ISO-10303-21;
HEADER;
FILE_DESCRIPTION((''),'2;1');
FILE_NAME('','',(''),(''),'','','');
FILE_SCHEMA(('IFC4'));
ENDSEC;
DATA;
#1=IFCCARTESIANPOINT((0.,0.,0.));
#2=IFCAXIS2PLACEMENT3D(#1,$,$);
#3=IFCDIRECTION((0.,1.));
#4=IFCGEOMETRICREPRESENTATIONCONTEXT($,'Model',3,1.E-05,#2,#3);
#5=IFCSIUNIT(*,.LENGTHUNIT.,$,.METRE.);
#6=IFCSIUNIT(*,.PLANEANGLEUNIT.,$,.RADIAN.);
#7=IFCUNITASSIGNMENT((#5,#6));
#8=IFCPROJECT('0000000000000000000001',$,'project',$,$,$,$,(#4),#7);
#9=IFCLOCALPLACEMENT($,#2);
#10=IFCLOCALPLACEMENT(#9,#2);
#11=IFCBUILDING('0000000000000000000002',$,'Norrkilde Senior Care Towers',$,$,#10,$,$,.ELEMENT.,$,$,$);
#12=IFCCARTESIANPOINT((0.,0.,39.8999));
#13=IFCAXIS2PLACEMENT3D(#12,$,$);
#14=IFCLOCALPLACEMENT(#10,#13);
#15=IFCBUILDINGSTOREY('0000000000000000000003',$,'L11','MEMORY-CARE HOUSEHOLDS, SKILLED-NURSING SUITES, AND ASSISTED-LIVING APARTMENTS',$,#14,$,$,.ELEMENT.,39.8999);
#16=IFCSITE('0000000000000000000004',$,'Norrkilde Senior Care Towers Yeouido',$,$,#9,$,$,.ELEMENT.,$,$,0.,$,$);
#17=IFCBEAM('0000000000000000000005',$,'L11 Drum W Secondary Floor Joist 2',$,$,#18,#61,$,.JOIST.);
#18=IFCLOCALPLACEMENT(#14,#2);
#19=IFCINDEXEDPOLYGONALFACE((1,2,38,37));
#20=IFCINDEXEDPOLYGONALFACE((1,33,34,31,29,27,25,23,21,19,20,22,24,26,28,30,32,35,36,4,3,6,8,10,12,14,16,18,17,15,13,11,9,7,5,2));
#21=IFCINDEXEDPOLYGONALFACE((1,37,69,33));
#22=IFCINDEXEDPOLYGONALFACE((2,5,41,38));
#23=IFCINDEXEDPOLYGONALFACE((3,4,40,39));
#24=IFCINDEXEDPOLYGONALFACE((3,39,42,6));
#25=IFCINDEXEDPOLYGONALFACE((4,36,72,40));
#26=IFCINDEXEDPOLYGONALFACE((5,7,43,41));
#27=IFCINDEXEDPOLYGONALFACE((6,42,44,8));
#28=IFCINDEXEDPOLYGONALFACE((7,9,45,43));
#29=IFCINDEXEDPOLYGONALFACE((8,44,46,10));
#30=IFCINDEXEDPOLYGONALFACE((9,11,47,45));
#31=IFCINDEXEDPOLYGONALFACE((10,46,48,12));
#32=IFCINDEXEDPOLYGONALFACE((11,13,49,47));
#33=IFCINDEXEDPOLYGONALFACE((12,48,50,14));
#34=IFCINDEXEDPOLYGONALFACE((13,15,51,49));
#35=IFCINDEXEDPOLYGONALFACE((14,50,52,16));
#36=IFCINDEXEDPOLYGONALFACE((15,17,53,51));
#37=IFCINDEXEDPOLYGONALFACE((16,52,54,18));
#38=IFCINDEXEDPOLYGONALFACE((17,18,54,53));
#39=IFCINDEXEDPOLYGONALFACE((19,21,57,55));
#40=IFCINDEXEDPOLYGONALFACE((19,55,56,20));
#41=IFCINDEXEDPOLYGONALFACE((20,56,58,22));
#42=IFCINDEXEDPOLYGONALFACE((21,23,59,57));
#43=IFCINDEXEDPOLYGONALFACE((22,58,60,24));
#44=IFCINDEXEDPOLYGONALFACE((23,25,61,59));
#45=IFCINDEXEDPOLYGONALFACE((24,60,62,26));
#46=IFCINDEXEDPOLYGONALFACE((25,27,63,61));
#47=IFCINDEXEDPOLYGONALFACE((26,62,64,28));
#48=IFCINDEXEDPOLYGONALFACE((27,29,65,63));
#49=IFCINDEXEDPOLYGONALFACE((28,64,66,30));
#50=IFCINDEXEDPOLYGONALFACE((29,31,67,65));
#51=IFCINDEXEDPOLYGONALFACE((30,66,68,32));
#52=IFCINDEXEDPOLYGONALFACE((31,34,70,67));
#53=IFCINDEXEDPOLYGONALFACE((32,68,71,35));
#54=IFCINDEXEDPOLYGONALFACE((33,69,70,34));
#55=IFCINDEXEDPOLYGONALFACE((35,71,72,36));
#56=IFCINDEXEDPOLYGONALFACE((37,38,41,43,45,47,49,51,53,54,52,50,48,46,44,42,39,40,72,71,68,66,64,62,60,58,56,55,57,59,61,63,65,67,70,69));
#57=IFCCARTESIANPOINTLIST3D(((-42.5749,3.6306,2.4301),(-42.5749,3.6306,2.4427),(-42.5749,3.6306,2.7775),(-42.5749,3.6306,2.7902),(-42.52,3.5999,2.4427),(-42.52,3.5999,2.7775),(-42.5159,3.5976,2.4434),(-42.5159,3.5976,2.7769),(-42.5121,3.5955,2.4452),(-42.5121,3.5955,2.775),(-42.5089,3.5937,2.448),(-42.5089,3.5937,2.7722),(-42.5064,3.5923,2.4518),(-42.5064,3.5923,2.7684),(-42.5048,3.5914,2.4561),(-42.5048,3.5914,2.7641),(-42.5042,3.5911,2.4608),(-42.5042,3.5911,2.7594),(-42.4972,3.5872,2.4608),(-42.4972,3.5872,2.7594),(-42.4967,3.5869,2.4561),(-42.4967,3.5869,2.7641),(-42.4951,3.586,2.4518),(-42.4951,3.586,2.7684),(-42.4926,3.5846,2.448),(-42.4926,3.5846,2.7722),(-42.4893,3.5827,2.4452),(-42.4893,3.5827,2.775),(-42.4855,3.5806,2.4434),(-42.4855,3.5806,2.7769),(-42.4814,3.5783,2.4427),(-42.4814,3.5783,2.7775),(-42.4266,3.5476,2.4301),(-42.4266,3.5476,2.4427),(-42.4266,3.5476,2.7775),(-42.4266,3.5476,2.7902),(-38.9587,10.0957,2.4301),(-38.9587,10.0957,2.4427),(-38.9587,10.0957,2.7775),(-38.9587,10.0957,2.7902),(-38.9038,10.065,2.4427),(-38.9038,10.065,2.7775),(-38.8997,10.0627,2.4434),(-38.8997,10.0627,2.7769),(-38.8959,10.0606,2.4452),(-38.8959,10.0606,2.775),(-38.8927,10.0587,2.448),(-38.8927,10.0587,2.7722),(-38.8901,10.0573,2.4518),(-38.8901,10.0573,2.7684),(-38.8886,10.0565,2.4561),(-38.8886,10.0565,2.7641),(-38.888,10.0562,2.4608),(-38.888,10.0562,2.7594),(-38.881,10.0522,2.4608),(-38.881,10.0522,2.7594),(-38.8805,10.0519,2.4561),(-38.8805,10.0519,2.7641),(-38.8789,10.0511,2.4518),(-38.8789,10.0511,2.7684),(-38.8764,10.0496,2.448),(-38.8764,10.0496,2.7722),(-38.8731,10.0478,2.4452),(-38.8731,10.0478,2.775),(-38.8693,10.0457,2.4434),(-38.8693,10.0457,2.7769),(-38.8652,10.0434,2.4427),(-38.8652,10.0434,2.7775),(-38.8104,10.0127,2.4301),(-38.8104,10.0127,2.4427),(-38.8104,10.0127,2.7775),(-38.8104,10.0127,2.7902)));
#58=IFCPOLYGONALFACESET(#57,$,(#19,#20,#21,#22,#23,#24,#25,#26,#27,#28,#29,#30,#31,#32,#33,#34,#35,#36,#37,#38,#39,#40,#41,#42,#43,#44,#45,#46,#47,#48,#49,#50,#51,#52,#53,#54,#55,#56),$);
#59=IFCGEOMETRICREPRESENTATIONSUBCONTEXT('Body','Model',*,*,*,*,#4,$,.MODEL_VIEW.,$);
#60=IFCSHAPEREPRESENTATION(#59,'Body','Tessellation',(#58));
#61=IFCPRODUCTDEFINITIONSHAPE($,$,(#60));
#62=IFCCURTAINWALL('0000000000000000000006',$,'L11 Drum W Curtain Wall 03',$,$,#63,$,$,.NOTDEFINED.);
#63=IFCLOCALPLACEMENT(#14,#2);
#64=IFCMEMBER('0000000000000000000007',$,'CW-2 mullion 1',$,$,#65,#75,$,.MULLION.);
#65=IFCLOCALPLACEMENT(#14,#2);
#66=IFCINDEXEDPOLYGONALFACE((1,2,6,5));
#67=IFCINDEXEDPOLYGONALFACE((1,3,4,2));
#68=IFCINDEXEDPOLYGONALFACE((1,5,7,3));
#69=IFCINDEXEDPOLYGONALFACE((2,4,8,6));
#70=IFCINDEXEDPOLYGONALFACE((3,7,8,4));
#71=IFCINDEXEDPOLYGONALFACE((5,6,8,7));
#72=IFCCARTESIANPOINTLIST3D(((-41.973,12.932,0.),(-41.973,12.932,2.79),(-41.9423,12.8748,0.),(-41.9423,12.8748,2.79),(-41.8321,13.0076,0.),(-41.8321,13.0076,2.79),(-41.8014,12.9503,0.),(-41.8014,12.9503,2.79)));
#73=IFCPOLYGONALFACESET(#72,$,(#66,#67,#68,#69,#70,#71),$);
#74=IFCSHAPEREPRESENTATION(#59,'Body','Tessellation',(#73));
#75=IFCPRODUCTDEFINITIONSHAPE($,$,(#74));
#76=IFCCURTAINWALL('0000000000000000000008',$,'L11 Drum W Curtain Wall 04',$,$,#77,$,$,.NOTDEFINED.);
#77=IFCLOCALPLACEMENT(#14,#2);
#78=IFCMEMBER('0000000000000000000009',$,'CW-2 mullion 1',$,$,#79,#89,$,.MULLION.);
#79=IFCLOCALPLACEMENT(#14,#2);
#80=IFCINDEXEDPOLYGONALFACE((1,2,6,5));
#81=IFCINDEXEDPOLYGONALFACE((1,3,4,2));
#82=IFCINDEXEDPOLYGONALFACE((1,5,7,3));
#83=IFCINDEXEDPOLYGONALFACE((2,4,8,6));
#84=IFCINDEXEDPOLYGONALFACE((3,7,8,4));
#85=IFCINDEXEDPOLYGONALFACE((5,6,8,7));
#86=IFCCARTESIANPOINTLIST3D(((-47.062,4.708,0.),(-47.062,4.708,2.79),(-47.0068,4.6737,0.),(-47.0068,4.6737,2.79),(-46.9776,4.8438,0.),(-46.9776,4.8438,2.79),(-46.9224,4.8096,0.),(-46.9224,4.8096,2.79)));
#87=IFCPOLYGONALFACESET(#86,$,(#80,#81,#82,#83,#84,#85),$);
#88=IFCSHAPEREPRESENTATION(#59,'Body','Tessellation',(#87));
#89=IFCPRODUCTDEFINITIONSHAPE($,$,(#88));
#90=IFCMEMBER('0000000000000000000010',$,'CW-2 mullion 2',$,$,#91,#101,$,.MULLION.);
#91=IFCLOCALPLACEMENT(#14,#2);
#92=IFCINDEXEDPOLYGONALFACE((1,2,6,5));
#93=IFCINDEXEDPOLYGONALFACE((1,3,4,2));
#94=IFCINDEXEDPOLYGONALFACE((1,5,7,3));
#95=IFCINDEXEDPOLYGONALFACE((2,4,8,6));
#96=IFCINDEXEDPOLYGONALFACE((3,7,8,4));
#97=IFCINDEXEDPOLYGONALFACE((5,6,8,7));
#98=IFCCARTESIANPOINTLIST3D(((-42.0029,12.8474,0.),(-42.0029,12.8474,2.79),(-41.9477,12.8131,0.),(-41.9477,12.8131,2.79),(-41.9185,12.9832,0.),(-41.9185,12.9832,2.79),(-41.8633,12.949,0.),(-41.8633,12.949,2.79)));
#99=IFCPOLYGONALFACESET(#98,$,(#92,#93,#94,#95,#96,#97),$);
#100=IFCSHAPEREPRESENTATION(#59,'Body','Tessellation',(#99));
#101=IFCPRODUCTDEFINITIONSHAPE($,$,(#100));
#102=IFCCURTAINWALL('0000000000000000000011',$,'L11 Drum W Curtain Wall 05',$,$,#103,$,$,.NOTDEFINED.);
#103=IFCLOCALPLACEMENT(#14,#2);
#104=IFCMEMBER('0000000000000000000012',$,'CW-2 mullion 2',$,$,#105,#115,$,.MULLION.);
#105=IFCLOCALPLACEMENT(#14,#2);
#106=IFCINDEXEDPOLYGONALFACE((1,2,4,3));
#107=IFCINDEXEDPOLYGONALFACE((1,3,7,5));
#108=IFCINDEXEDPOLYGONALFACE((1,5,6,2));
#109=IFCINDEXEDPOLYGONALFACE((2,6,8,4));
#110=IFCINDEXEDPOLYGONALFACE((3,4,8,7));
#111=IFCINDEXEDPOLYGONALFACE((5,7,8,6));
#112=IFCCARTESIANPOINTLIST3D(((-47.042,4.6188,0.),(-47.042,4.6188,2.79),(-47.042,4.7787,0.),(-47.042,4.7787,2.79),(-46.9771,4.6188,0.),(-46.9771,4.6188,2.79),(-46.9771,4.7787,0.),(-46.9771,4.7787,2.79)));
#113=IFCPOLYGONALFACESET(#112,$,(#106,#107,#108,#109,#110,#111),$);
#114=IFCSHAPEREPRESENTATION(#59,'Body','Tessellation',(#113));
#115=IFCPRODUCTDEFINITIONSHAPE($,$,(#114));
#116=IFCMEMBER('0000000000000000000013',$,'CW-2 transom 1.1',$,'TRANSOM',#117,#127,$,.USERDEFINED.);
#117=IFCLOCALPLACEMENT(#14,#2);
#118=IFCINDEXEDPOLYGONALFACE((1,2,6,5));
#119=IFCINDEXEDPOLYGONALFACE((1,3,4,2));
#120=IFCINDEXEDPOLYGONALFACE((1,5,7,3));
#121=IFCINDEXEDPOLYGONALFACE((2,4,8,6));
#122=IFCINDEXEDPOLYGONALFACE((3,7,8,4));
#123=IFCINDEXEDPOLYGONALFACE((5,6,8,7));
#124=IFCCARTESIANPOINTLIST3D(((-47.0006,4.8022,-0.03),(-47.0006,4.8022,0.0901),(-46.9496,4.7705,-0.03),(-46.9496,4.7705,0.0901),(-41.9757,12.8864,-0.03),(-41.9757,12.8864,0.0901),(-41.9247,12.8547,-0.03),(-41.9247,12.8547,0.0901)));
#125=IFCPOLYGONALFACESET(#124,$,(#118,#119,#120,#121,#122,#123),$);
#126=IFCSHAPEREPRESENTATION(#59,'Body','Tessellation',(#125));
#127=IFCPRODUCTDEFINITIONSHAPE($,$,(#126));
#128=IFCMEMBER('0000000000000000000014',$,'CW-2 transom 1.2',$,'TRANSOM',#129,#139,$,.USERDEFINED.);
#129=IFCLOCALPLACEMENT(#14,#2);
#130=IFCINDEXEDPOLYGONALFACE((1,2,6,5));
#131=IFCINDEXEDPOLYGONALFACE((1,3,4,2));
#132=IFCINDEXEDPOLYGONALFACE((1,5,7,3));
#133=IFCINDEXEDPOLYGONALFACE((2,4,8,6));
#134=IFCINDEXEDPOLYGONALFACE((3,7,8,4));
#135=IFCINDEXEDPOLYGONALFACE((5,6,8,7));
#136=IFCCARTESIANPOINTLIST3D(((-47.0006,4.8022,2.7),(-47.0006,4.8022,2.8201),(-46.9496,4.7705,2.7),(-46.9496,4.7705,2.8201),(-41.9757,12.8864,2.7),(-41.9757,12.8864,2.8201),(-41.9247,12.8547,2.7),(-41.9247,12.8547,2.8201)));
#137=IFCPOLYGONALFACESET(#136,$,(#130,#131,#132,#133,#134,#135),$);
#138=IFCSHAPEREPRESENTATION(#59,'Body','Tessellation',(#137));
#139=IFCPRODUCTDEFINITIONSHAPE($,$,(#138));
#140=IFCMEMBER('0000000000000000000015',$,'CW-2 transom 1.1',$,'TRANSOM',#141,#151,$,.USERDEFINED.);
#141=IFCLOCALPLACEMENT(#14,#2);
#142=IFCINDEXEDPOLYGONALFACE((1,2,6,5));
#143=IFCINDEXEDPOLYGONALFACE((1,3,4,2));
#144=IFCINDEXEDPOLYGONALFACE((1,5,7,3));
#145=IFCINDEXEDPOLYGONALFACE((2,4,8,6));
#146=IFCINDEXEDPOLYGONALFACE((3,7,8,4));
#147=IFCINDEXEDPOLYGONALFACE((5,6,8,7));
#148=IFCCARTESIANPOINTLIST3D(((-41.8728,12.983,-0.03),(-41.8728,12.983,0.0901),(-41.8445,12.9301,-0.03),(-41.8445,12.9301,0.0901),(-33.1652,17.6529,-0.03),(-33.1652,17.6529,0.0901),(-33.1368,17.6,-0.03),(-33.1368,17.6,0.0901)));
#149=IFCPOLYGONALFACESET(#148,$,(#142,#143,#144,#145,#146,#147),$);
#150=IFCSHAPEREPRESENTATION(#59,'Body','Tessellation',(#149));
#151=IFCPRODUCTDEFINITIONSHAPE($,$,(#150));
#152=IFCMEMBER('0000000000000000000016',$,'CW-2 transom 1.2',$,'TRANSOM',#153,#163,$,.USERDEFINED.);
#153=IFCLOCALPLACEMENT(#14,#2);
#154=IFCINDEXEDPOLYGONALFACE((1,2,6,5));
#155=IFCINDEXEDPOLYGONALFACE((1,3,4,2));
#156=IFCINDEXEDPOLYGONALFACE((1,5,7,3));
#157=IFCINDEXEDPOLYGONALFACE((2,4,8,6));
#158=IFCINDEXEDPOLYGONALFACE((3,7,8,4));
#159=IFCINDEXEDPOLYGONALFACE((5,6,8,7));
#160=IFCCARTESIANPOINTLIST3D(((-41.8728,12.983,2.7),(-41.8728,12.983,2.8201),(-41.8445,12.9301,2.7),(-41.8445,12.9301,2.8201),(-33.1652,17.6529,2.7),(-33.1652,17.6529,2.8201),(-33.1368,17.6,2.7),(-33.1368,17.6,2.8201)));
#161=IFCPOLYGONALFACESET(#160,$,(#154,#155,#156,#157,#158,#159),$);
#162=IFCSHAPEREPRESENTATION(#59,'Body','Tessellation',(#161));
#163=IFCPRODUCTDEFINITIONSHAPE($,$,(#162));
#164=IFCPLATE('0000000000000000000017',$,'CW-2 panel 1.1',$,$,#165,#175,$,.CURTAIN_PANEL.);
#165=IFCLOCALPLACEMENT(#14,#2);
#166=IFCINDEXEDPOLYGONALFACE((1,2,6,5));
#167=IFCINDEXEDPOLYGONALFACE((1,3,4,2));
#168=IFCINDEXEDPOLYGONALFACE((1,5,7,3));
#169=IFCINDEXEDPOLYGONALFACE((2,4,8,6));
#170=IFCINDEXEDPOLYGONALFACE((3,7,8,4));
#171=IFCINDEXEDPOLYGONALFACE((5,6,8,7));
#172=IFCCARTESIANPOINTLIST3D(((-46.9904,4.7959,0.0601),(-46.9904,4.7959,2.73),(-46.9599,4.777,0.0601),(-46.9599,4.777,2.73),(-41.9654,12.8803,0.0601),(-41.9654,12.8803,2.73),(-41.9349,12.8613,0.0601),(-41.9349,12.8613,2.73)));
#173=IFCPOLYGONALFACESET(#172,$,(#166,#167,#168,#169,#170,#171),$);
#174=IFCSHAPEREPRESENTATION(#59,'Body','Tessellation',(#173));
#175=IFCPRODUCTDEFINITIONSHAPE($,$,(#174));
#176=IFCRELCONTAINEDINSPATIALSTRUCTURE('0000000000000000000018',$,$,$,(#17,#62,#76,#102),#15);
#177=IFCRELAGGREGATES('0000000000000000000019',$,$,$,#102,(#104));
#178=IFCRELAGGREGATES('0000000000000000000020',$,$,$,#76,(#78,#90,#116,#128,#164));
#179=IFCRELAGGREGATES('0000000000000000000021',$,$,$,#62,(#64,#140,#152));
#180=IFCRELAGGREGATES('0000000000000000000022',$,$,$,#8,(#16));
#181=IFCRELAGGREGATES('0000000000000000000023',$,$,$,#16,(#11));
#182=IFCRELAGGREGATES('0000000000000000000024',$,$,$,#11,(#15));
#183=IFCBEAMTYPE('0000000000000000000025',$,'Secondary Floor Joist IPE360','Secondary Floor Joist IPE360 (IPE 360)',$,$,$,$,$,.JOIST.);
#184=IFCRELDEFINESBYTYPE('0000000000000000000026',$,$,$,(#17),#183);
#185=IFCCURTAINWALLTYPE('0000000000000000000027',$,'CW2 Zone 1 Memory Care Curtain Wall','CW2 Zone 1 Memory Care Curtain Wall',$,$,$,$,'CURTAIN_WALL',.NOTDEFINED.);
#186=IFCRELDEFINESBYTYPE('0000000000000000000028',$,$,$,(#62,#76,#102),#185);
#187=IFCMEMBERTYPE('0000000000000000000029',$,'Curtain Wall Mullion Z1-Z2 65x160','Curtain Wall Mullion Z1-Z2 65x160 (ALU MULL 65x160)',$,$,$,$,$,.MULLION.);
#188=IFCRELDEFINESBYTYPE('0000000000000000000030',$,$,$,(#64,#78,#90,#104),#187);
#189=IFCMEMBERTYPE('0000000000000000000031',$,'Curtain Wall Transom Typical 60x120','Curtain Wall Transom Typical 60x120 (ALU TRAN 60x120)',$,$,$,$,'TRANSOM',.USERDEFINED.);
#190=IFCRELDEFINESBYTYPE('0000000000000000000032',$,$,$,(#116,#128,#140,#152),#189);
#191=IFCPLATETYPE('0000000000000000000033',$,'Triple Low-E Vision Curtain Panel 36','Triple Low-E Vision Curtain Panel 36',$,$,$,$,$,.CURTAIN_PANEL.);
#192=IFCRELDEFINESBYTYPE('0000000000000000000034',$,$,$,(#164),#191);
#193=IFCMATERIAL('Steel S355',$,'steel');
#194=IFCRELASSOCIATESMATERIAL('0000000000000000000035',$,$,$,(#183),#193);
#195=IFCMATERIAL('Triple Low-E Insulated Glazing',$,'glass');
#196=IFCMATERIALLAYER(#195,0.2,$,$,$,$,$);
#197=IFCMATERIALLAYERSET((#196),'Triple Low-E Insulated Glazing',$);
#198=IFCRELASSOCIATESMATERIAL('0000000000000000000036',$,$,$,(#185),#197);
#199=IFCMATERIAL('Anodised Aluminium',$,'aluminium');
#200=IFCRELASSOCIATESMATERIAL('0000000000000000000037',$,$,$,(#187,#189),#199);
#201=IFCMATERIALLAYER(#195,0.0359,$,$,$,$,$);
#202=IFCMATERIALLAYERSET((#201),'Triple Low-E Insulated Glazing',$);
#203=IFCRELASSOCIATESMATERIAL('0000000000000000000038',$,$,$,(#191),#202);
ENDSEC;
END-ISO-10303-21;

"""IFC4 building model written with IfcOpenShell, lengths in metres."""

from ifc_helpers import new_model, si_unit, direction, frame, origin, origin_2d, place, context, subcontext, project, spatial, rectangle, i_section, extrude, source, transform, mapped, material, layer, layer_set, material_profile, profile_set, type_object, type_shapes, element, aggregate, save


model = new_model("IFC4")

# Units and contexts
model_context = context("Model", 3, precision=1e-05, world=origin(), true_north=direction((0.0, 1.0)))
body_context = subcontext(model_context, "Body", "Model", "MODEL_VIEW")
ifc_project = project(units=[si_unit("LENGTHUNIT", "METRE"), si_unit("PLANEANGLEUNIT", "RADIAN")], contexts=[model_context])

# Site, building, storey
site_placement = place(None, origin())
site = spatial("IfcSite", under=ifc_project, at=site_placement, Name="Norrkilde Senior Care Towers Yeouido", CompositionType="ELEMENT", RefElevation=0.0)
building_placement = place(site_placement, origin())
building = spatial("IfcBuilding", under=site, at=building_placement, Name="Norrkilde Senior Care Towers", CompositionType="ELEMENT")
storey_placement = place(building_placement, frame((0.0, 0.0, 39.8999)))
storey = spatial("IfcBuildingStorey", under=building, at=storey_placement, Name="L11", Description="MEMORY-CARE HOUSEHOLDS, SKILLED-NURSING SUITES, AND ASSISTED-LIVING APARTMENTS", CompositionType="ELEMENT", Elevation=39.8999)

# Beam
ifc_material_1 = material(Name="Steel S355", Category="steel")
ifc_material_profile_1 = material_profile(ifc_material_1, i_section(OverallWidth=0.1699, OverallDepth=0.3601, WebThickness=0.0081, FlangeThickness=0.0127, FilletRadius=0.0181, at=origin_2d()), Name="IPE 360")
ifc_profile_set_1 = profile_set([ifc_material_profile_1], Name="Steel S355")
beam_type_1 = type_object("IfcBeamType", Name="Secondary Floor Joist IPE360", Description="Secondary Floor Joist IPE360 (IPE 360)", PredefinedType="JOIST", material=ifc_profile_set_1)
shared_shape_1 = source(origin(), body_context, "Body", "SweptSolid", [
    extrude(i_section(OverallWidth=0.1699, OverallDepth=0.3601, WebThickness=0.0081, FlangeThickness=0.0127, FilletRadius=0.0181, at=origin_2d()), origin(), (0.0, 0.0, 1.0), 7.4077),
])
type_shapes(beam_type_1, [shared_shape_1])
beam_1_placement = place(storey_placement, frame((-38.8845, 10.0542, 2.6101), z_axis=(-0.488168, -0.87275, 0.0), x_axis=(0.87275, -0.488168, 0.0)))
element("IfcBeam", 1, at=beam_1_placement, inside=storey, type_object=beam_type_1, Name="L11 Drum W Secondary Floor Joist 2", PredefinedType="JOIST", context=body_context, shape_type="MappedRepresentation", body=[
    mapped(shared_shape_1, transform((0.0, 0.0, 0.0), x_axis=(1.0, 0.0, 0.0), y_axis=(0.0, 1.0, 0.0), z_axis=(0.0, 0.0, 1.0), scale=1.0)),
])

# Curtain wall, member
ifc_material_2 = material(Name="Triple Low-E Insulated Glazing", Category="glass")
ifc_layer_1 = layer(ifc_material_2, 0.2)
ifc_layer_set_1 = layer_set([ifc_layer_1], Name="Triple Low-E Insulated Glazing")
curtain_wall_type = type_object("IfcCurtainWallType", Name="CW2 Zone 1 Memory Care Curtain Wall", Description="CW2 Zone 1 Memory Care Curtain Wall", ElementType="CURTAIN_WALL", PredefinedType="NOTDEFINED", material=ifc_layer_set_1)
curtain_wall_1_placement = place(storey_placement, origin())
curtain_wall_1 = element("IfcCurtainWall", 2, at=curtain_wall_1_placement, inside=storey, type_object=curtain_wall_type, Name="L11 Drum W Curtain Wall 03", PredefinedType="NOTDEFINED")
ifc_material_3 = material(Name="Anodised Aluminium", Category="aluminium")
ifc_material_profile_2 = material_profile(ifc_material_3, rectangle(XDim=0.0649, YDim=0.1599, at=origin_2d()), Name="ALU MULL 65x160")
ifc_profile_set_2 = profile_set([ifc_material_profile_2], Name="Anodised Aluminium")
member_type_1 = type_object("IfcMemberType", Name="Curtain Wall Mullion Z1-Z2 65x160", Description="Curtain Wall Mullion Z1-Z2 65x160 (ALU MULL 65x160)", PredefinedType="MULLION", material=ifc_profile_set_2)
shared_shape_2 = source(origin(), body_context, "Body", "SweptSolid", [
    extrude(rectangle(XDim=0.0649, YDim=0.1599, at=origin_2d()), origin(), (0.0, 0.0, 1.0), 2.79),
])
type_shapes(member_type_1, [shared_shape_2])
member_1_placement = place(storey_placement, frame((-41.8872, 12.9412, 0.0), z_axis=(0.0, 0.0, 1.0), x_axis=(-0.472608, 0.881273, 0.0)))
member_1 = element("IfcMember", 3, at=member_1_placement, type_object=member_type_1, Name="CW-2 mullion 1", PredefinedType="MULLION", context=body_context, shape_type="MappedRepresentation", body=[
    mapped(shared_shape_2, transform((0.0, 0.0, 0.0), x_axis=(1.0, 0.0, 0.0), y_axis=(0.0, 1.0, 0.0), z_axis=(0.0, 0.0, 1.0), scale=1.0)),
])

# Curtain wall, members
curtain_wall_2_placement = place(storey_placement, origin())
curtain_wall_2 = element("IfcCurtainWall", 4, at=curtain_wall_2_placement, inside=storey, type_object=curtain_wall_type, Name="L11 Drum W Curtain Wall 04", PredefinedType="NOTDEFINED")
member_2_placement = place(storey_placement, frame((-46.9922, 4.7588, 0.0), z_axis=(0.0, 0.0, 1.0), x_axis=(-0.849306, 0.527901, 0.0)))
member_2 = element("IfcMember", 5, at=member_2_placement, type_object=member_type_1, Name="CW-2 mullion 1", PredefinedType="MULLION", context=body_context, shape_type="MappedRepresentation", body=[
    mapped(shared_shape_2, transform((0.0, 0.0, 0.0), x_axis=(1.0, 0.0, 0.0), y_axis=(0.0, 1.0, 0.0), z_axis=(0.0, 0.0, 1.0), scale=1.0)),
])
member_3_placement = place(storey_placement, frame((-41.9331, 12.8982, 0.0), z_axis=(0.0, 0.0, 1.0), x_axis=(-0.849306, 0.527901, 0.0)))
member_3 = element("IfcMember", 6, at=member_3_placement, type_object=member_type_1, Name="CW-2 mullion 2", PredefinedType="MULLION", context=body_context, shape_type="MappedRepresentation", body=[
    mapped(shared_shape_2, transform((0.0, 0.0, 0.0), x_axis=(1.0, 0.0, 0.0), y_axis=(0.0, 1.0, 0.0), z_axis=(0.0, 0.0, 1.0), scale=1.0)),
])

# Curtain wall, member
curtain_wall_3_placement = place(storey_placement, origin())
curtain_wall_3 = element("IfcCurtainWall", 7, at=curtain_wall_3_placement, inside=storey, type_object=curtain_wall_type, Name="L11 Drum W Curtain Wall 05", PredefinedType="NOTDEFINED")
member_4_placement = place(storey_placement, frame((-47.0095, 4.6987, 0.0), z_axis=(0.0, 0.0, 1.0), x_axis=(-1.0, 0.0, 0.0)))
member_4 = element("IfcMember", 8, at=member_4_placement, type_object=member_type_1, Name="CW-2 mullion 2", PredefinedType="MULLION", context=body_context, shape_type="MappedRepresentation", body=[
    mapped(shared_shape_2, transform((0.0, 0.0, 0.0), x_axis=(1.0, 0.0, 0.0), y_axis=(0.0, 1.0, 0.0), z_axis=(0.0, 0.0, 1.0), scale=1.0)),
])
aggregate(curtain_wall_3, [member_4])

# Members
ifc_material_profile_3 = material_profile(ifc_material_3, rectangle(XDim=0.0601, YDim=0.1201, at=origin_2d()), Name="ALU TRAN 60x120")
ifc_profile_set_3 = profile_set([ifc_material_profile_3], Name="Anodised Aluminium")
member_type_2 = type_object("IfcMemberType", Name="Curtain Wall Transom Typical 60x120", Description="Curtain Wall Transom Typical 60x120 (ALU TRAN 60x120)", ElementType="TRANSOM", PredefinedType="USERDEFINED", material=ifc_profile_set_3)
shared_shape_3 = source(origin(), body_context, "Body", "SweptSolid", [
    extrude(rectangle(XDim=0.0601, YDim=0.1201, at=origin_2d()), origin(), (0.0, 0.0, 1.0), 9.5186),
])
member_5_placement = place(storey_placement, frame((-46.9751, 4.7864, 0.03), z_axis=(0.527902, 0.849306, 0.0), x_axis=(-0.849306, 0.527902, 0.0)))
member_5 = element("IfcMember", 9, at=member_5_placement, type_object=member_type_2, Name="CW-2 transom 1.1", ObjectType="TRANSOM", PredefinedType="USERDEFINED", context=body_context, shape_type="MappedRepresentation", body=[
    mapped(shared_shape_3, transform((0.0, 0.0, 0.0), x_axis=(1.0, 0.0, 0.0), y_axis=(0.0, 1.0, 0.0), z_axis=(0.0, 0.0, 1.0), scale=1.0)),
])
member_6_placement = place(storey_placement, frame((-46.9751, 4.7864, 2.76), z_axis=(0.527902, 0.849306, 0.0), x_axis=(-0.849306, 0.527902, 0.0)))
member_6 = element("IfcMember", 10, at=member_6_placement, type_object=member_type_2, Name="CW-2 transom 1.2", ObjectType="TRANSOM", PredefinedType="USERDEFINED", context=body_context, shape_type="MappedRepresentation", body=[
    mapped(shared_shape_3, transform((0.0, 0.0, 0.0), x_axis=(1.0, 0.0, 0.0), y_axis=(0.0, 1.0, 0.0), z_axis=(0.0, 0.0, 1.0), scale=1.0)),
])
shared_shape_4 = source(origin(), body_context, "Body", "SweptSolid", [
    extrude(rectangle(XDim=0.0601, YDim=0.1201, at=origin_2d()), origin(), (0.0, 0.0, 1.0), 9.8809),
])
type_shapes(member_type_2, [shared_shape_3, shared_shape_4])
member_7_placement = place(storey_placement, frame((-41.8586, 12.9565, 0.03), z_axis=(0.881267, 0.472618, 0.0), x_axis=(-0.472618, 0.881267, 0.0)))
member_7 = element("IfcMember", 11, at=member_7_placement, type_object=member_type_2, Name="CW-2 transom 1.1", ObjectType="TRANSOM", PredefinedType="USERDEFINED", context=body_context, shape_type="MappedRepresentation", body=[
    mapped(shared_shape_4, transform((0.0, 0.0, 0.0), x_axis=(1.0, 0.0, 0.0), y_axis=(0.0, 1.0, 0.0), z_axis=(0.0, 0.0, 1.0), scale=1.0)),
])
member_8_placement = place(storey_placement, frame((-41.8586, 12.9565, 2.76), z_axis=(0.881267, 0.472618, 0.0), x_axis=(-0.472618, 0.881267, 0.0)))
member_8 = element("IfcMember", 12, at=member_8_placement, type_object=member_type_2, Name="CW-2 transom 1.2", ObjectType="TRANSOM", PredefinedType="USERDEFINED", context=body_context, shape_type="MappedRepresentation", body=[
    mapped(shared_shape_4, transform((0.0, 0.0, 0.0), x_axis=(1.0, 0.0, 0.0), y_axis=(0.0, 1.0, 0.0), z_axis=(0.0, 0.0, 1.0), scale=1.0)),
])

# Plate
ifc_layer_2 = layer(ifc_material_2, 0.0359)
ifc_layer_set_2 = layer_set([ifc_layer_2], Name="Triple Low-E Insulated Glazing")
plate_type = type_object("IfcPlateType", Name="Triple Low-E Vision Curtain Panel 36", Description="Triple Low-E Vision Curtain Panel 36", PredefinedType="CURTAIN_PANEL", material=ifc_layer_set_2)
shared_shape_5 = source(origin(), body_context, "Body", "SweptSolid", [
    extrude(rectangle(XDim=9.5188, YDim=0.0359, at=origin_2d()), origin(), (0.0, 0.0, 1.0), 2.6699),
])
plate_1_placement = place(storey_placement, frame((-44.4626, 8.8286, 0.0601), z_axis=(0.0, 0.0, 1.0), x_axis=(0.527901, 0.849306, 0.0)))
plate_1 = element("IfcPlate", 13, at=plate_1_placement, type_object=plate_type, Name="CW-2 panel 1.1", PredefinedType="CURTAIN_PANEL", context=body_context, shape_type="MappedRepresentation", body=[
    mapped(shared_shape_5, transform((0.0, 0.0, 0.0), x_axis=(1.0, 0.0, 0.0), y_axis=(0.0, 1.0, 0.0), z_axis=(0.0, 0.0, 1.0), scale=1.0)),
])
aggregate(curtain_wall_2, [member_2, member_3, member_5, member_6, plate_1])
aggregate(curtain_wall_1, [member_1, member_7, member_8])

save(model, "model.ifc")
